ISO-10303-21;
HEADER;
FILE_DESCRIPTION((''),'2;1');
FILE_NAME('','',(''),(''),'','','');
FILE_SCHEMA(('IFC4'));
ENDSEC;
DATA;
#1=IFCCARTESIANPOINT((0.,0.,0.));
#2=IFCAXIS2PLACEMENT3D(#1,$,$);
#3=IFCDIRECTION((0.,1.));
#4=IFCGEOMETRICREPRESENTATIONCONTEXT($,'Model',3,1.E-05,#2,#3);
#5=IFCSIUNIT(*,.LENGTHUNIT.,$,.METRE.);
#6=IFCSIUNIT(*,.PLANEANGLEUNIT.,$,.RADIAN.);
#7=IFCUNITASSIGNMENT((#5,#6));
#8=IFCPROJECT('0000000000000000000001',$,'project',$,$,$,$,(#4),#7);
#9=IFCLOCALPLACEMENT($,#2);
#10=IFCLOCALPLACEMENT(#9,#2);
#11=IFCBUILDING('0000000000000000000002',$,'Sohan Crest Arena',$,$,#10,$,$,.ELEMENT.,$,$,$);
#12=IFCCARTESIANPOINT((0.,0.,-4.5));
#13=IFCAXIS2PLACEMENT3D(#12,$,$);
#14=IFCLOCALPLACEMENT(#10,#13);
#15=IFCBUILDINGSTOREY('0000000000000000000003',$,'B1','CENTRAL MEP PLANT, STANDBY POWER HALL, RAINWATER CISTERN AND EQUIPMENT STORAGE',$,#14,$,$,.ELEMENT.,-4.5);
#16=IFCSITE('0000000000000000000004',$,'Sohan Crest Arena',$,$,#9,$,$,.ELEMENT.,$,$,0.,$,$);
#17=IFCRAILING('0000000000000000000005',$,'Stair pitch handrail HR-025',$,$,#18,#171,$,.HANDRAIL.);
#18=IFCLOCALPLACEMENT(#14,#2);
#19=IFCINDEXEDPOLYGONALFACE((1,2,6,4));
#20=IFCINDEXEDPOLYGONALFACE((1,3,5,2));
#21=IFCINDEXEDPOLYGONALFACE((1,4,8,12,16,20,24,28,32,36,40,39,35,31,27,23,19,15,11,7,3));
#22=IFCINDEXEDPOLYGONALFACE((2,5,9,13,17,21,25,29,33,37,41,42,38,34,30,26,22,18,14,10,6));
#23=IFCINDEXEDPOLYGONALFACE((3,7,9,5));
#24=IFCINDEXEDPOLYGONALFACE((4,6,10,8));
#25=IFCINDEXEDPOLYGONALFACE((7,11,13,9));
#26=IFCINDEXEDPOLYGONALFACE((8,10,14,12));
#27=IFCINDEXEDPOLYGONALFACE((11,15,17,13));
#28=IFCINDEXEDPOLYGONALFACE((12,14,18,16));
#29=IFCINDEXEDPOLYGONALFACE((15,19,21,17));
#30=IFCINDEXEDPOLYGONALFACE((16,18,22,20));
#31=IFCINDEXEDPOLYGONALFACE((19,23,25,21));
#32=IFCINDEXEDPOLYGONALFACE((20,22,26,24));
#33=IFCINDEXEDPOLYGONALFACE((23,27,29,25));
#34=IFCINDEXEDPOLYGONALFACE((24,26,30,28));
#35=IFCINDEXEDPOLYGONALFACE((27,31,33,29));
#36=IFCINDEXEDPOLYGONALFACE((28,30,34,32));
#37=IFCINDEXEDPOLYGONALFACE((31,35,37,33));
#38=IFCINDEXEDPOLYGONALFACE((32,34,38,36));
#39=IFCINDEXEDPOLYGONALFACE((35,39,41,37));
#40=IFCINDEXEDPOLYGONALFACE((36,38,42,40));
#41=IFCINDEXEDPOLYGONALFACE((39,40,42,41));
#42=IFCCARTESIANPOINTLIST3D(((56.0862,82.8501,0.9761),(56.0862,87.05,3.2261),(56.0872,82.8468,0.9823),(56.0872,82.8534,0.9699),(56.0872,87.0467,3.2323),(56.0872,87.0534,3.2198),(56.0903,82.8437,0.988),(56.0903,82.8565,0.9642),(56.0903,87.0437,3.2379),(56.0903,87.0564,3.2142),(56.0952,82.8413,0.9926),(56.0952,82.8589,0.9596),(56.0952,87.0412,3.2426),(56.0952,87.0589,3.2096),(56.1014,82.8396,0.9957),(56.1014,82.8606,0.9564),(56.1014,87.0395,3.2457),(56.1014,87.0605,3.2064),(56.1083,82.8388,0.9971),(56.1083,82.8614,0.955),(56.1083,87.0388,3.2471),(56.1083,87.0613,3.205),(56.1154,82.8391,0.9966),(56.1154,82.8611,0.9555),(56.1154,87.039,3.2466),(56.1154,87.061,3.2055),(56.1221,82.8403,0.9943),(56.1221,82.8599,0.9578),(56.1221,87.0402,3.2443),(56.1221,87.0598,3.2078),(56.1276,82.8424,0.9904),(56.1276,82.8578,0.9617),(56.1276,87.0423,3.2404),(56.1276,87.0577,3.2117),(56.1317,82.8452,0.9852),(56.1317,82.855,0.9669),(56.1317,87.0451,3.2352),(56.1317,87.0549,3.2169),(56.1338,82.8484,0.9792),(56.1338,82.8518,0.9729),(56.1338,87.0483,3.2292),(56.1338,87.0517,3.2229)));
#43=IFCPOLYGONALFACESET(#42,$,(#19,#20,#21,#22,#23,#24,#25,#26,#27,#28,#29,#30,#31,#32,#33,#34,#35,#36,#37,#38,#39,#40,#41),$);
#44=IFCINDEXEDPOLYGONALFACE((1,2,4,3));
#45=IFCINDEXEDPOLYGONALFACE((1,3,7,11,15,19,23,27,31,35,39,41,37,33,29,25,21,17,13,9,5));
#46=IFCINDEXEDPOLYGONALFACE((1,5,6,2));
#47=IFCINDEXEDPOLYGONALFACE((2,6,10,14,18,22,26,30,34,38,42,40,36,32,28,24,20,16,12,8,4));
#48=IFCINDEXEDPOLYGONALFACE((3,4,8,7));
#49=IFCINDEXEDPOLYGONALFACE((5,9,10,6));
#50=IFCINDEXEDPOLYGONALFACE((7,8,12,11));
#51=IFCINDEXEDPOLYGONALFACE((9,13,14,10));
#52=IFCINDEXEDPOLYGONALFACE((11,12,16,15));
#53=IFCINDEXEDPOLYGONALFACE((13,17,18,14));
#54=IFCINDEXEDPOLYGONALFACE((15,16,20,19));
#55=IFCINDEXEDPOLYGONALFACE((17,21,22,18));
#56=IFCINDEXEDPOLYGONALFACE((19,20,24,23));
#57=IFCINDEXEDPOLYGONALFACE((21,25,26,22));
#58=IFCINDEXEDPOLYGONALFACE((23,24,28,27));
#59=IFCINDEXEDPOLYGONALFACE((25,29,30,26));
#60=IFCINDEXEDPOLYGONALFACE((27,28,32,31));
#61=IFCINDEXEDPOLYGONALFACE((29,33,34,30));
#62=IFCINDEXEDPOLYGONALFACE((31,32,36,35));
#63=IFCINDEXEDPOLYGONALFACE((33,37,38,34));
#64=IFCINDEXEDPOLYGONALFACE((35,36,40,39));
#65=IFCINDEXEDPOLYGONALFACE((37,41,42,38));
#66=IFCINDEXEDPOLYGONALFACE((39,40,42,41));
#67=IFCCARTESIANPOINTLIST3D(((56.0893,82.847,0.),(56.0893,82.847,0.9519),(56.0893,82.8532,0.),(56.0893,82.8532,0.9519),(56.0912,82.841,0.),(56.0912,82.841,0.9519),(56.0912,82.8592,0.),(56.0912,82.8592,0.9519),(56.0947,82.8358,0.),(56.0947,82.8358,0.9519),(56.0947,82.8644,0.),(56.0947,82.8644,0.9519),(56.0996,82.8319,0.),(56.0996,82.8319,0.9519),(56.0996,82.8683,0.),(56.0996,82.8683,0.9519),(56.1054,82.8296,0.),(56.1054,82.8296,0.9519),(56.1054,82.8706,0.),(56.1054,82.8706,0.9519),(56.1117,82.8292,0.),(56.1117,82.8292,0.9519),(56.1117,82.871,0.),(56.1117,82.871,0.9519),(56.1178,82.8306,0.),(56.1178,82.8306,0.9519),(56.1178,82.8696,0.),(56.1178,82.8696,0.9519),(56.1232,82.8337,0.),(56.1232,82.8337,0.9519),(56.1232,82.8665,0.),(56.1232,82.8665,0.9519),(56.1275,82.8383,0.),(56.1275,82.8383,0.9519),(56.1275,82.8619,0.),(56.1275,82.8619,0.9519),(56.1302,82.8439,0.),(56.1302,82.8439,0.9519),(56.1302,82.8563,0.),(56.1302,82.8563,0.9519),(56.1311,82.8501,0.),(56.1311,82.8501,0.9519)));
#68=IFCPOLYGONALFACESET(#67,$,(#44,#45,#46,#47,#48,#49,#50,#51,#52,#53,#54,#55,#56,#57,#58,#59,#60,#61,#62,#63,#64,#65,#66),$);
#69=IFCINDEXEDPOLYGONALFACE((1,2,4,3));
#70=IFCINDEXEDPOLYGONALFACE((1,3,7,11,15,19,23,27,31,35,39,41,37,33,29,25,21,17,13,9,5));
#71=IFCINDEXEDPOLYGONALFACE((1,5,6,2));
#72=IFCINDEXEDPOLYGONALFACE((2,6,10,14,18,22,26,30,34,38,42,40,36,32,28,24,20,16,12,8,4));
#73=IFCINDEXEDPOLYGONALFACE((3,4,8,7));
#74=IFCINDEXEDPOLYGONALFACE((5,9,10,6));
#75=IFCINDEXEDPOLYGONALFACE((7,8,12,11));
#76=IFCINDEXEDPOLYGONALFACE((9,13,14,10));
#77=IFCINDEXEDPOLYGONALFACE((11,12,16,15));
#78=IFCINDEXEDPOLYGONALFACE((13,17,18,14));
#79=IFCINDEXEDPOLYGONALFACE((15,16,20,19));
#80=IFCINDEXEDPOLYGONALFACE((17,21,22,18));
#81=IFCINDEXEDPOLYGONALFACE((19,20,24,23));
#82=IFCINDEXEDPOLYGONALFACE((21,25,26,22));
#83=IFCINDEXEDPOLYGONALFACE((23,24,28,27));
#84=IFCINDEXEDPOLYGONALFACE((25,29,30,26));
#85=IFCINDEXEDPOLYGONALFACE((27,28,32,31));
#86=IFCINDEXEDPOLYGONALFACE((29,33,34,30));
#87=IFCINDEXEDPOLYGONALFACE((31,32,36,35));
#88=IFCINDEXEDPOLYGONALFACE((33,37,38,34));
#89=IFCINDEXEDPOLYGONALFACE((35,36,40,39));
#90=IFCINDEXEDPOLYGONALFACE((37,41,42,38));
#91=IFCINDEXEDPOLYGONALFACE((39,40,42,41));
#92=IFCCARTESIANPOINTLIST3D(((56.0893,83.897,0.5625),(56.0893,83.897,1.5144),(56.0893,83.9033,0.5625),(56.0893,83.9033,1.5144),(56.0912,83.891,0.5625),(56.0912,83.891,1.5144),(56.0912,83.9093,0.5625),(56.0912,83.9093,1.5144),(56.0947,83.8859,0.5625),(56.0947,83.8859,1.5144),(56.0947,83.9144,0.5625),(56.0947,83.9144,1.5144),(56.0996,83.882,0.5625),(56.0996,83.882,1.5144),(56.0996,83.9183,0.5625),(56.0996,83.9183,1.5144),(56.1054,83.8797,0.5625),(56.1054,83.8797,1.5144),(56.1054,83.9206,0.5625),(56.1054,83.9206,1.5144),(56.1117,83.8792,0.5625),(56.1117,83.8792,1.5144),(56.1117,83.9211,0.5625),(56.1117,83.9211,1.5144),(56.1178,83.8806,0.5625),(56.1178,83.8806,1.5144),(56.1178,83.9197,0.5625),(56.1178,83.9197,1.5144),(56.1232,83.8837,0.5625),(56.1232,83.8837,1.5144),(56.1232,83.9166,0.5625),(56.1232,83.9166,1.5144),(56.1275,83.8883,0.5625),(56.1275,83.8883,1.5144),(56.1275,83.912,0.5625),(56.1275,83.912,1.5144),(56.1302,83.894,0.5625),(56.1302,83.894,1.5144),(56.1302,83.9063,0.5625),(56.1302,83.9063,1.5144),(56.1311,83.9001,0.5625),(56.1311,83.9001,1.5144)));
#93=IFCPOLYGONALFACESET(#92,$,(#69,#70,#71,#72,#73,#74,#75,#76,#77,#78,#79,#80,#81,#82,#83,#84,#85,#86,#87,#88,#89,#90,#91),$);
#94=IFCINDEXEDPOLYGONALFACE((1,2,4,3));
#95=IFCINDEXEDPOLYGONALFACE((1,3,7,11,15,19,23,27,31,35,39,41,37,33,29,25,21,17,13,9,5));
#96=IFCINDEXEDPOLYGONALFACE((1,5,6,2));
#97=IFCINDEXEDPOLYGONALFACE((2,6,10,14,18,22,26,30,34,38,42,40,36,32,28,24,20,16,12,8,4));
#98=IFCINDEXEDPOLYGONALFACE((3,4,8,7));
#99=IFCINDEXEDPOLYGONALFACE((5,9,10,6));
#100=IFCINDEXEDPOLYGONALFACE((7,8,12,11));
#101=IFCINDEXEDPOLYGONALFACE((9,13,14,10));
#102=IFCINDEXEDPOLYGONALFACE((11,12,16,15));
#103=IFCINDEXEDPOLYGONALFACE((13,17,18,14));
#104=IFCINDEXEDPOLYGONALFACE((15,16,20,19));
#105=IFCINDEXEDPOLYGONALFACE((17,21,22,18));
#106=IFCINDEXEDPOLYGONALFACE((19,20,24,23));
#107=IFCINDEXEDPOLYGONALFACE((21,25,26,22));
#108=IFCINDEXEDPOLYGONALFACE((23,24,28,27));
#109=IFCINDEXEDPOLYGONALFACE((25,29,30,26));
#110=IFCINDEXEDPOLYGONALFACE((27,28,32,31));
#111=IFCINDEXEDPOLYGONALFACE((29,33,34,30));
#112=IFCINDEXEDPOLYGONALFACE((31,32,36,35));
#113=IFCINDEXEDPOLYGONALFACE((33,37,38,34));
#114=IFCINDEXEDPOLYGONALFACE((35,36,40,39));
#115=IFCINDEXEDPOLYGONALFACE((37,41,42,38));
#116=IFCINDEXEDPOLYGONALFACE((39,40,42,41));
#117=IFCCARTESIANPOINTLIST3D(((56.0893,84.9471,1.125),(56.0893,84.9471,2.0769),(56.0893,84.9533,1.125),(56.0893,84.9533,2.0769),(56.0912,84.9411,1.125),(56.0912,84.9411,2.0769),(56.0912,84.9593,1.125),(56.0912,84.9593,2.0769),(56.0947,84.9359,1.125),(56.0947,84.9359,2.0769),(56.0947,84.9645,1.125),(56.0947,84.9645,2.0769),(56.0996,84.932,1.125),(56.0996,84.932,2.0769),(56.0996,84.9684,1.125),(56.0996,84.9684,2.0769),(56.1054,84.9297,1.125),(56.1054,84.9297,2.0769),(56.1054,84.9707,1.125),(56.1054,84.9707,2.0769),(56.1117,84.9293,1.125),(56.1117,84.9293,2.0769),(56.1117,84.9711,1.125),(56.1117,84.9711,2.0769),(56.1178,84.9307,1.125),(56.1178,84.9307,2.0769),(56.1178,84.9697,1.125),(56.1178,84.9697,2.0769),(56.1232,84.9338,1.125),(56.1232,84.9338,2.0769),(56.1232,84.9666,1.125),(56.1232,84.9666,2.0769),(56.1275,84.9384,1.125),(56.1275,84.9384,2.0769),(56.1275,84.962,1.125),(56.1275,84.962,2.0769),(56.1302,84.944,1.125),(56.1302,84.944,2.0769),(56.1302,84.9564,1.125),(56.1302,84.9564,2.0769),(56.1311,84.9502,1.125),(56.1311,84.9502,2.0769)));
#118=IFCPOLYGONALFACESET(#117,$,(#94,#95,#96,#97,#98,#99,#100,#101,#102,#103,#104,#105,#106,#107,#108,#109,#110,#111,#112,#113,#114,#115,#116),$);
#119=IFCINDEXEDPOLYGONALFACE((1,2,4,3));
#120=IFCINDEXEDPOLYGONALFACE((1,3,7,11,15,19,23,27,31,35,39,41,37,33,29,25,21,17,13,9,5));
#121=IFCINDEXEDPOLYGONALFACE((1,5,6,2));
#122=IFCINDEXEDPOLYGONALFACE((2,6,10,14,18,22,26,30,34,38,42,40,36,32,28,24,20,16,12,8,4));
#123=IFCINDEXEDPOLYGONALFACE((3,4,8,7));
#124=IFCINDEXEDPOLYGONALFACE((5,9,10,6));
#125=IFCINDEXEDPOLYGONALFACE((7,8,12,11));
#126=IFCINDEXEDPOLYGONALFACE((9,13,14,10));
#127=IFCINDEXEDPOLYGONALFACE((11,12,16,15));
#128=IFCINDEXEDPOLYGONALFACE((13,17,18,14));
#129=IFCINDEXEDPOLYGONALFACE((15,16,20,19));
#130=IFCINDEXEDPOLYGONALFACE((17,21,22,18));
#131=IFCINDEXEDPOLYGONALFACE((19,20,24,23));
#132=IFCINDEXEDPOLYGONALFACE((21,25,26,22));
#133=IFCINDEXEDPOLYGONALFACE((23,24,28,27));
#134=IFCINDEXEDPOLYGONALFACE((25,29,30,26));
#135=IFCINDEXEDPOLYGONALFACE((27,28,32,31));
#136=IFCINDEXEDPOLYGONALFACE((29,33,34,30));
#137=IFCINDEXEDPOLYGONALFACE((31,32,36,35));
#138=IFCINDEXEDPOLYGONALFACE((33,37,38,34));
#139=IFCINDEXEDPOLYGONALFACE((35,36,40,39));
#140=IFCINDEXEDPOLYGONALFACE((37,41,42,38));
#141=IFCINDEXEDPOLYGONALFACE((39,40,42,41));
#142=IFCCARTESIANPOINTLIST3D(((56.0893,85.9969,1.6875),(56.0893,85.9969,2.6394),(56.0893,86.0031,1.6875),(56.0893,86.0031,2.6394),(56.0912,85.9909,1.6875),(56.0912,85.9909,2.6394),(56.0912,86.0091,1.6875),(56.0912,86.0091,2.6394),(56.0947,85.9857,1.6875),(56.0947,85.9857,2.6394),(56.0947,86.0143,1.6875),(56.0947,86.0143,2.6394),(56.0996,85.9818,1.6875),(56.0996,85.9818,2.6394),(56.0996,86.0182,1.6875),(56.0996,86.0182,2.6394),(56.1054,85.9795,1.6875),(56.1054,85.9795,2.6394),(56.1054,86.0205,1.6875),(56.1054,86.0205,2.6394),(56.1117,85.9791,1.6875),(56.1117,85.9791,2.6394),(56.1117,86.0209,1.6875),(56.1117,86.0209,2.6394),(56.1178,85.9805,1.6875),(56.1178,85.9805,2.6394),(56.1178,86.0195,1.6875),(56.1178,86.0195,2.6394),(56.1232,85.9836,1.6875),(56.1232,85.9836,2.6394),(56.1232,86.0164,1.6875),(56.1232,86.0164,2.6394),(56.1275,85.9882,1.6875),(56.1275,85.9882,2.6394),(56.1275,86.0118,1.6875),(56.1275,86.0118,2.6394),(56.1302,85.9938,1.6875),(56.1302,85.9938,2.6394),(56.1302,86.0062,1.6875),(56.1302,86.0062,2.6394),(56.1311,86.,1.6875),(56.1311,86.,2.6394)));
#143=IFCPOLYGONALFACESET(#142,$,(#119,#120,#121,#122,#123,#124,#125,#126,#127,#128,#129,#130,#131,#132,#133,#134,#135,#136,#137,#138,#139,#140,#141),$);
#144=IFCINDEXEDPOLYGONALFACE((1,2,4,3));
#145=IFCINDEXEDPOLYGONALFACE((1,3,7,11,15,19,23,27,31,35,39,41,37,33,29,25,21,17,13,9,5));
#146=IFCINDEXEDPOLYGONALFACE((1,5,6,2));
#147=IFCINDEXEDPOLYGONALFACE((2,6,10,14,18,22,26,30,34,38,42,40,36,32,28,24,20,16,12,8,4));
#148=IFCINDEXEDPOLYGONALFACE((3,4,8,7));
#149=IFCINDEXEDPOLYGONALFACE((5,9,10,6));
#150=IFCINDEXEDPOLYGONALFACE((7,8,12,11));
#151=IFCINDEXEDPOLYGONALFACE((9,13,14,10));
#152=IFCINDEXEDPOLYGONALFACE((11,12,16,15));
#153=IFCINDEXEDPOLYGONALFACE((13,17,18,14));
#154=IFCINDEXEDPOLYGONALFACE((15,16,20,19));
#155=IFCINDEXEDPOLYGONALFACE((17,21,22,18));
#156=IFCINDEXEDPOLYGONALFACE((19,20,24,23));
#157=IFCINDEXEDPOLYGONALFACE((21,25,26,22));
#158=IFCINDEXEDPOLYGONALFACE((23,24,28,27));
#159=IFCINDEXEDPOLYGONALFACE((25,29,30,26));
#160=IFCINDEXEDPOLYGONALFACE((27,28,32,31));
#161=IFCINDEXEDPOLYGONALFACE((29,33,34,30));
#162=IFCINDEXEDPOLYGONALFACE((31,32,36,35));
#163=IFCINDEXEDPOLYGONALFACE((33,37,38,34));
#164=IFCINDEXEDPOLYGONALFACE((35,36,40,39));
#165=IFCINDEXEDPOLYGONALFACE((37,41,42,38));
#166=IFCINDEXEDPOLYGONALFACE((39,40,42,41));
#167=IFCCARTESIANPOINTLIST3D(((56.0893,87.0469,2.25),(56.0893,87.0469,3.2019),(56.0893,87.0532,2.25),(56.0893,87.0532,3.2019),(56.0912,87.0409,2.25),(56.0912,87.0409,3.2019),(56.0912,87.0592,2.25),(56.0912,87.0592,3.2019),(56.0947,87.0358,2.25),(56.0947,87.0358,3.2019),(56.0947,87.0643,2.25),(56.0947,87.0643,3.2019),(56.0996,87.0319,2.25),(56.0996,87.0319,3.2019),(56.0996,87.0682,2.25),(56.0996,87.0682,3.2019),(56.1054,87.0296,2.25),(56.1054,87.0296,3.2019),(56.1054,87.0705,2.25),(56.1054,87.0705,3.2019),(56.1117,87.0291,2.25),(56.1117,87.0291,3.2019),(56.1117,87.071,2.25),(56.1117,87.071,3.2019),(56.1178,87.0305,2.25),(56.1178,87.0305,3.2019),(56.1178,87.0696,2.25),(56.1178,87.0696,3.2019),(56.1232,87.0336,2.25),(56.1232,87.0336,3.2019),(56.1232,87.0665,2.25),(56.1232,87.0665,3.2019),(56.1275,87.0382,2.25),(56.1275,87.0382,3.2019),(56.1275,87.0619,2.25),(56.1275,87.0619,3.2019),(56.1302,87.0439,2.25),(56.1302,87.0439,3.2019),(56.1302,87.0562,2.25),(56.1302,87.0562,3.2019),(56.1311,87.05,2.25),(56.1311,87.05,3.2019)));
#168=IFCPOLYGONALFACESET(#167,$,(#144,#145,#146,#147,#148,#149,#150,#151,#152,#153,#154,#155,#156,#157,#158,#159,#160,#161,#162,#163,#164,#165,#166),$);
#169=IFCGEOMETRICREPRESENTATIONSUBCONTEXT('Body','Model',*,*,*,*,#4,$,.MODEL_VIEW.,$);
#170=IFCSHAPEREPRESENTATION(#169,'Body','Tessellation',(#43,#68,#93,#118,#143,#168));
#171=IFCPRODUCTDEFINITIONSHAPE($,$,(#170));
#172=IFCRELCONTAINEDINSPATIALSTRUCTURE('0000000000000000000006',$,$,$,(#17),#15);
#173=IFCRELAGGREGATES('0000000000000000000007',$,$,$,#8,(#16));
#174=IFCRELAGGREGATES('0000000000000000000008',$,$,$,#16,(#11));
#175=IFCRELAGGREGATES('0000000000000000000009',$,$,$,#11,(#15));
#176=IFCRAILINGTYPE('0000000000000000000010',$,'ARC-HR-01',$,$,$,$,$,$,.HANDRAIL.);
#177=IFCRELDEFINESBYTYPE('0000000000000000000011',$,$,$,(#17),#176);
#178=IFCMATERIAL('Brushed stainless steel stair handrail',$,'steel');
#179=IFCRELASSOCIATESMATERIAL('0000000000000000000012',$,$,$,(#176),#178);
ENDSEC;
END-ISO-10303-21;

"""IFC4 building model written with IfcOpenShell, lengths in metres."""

from ifc_helpers import new_model, si_unit, direction, frame, origin, origin_2d, place, context, subcontext, project, spatial, circle, extrude, material, type_object, element, save


model = new_model("IFC4")

# Units and contexts
model_context = context("Model", 3, precision=1e-05, world=origin(), true_north=direction((0.0, 1.0)))
body_context = subcontext(model_context, "Body", "Model", "MODEL_VIEW")
ifc_project = project(units=[si_unit("LENGTHUNIT", "METRE"), si_unit("PLANEANGLEUNIT", "RADIAN")], contexts=[model_context])

# Site, building, storey
site_placement = place(None, origin())
site = spatial("IfcSite", under=ifc_project, at=site_placement, Name="Sohan Crest Arena", CompositionType="ELEMENT", RefElevation=0.0)
building_placement = place(site_placement, origin())
building = spatial("IfcBuilding", under=site, at=building_placement, Name="Sohan Crest Arena", CompositionType="ELEMENT")
storey_placement = place(building_placement, frame((0.0, 0.0, -4.5)))
storey = spatial("IfcBuildingStorey", under=building, at=storey_placement, Name="B1", Description="CENTRAL MEP PLANT, STANDBY POWER HALL, RAINWATER CISTERN AND EQUIPMENT STORAGE", CompositionType="ELEMENT", Elevation=-4.5)

# Railing
ifc_material_1 = material(Name="Brushed stainless steel stair handrail", Category="steel")
railing_type = type_object("IfcRailingType", Name="ARC-HR-01", PredefinedType="HANDRAIL", material=ifc_material_1)
for number, where, name in (
    (1, (56.1101, 82.8501, 0.0), "Stair pitch handrail HR-025"),
):
    element("IfcRailing", number, at=place(storey_placement, frame(where)), inside=storey, type_object=railing_type, Name=name, PredefinedType="HANDRAIL", context=body_context, shape_type="SweptSolid", body=[
        extrude(circle(Radius=0.0239, at=origin_2d()), frame((0.0, 0.0, 0.9761), z_axis=(0.0, 0.881478, 0.472226), x_axis=(-1.0, 0.0, 0.0)), (0.0, 0.0, 1.0), 4.7646),
        extrude(circle(Radius=0.021, at=origin_2d()), origin(), (0.0, 0.0, 1.0), 0.9519),
        extrude(circle(Radius=0.021, at=origin_2d()), frame((0.0, 1.05, 0.5625)), (0.0, 0.0, 1.0), 0.9519),
        extrude(circle(Radius=0.021, at=origin_2d()), frame((0.0, 2.1001, 1.125)), (0.0, 0.0, 1.0), 0.9519),
        extrude(circle(Radius=0.021, at=origin_2d()), frame((0.0, 3.1499, 1.6875)), (0.0, 0.0, 1.0), 0.9519),
        extrude(circle(Radius=0.021, at=origin_2d()), frame((0.0, 4.2, 2.25)), (0.0, 0.0, 1.0), 0.9519),
    ])

save(model, "model.ifc")
